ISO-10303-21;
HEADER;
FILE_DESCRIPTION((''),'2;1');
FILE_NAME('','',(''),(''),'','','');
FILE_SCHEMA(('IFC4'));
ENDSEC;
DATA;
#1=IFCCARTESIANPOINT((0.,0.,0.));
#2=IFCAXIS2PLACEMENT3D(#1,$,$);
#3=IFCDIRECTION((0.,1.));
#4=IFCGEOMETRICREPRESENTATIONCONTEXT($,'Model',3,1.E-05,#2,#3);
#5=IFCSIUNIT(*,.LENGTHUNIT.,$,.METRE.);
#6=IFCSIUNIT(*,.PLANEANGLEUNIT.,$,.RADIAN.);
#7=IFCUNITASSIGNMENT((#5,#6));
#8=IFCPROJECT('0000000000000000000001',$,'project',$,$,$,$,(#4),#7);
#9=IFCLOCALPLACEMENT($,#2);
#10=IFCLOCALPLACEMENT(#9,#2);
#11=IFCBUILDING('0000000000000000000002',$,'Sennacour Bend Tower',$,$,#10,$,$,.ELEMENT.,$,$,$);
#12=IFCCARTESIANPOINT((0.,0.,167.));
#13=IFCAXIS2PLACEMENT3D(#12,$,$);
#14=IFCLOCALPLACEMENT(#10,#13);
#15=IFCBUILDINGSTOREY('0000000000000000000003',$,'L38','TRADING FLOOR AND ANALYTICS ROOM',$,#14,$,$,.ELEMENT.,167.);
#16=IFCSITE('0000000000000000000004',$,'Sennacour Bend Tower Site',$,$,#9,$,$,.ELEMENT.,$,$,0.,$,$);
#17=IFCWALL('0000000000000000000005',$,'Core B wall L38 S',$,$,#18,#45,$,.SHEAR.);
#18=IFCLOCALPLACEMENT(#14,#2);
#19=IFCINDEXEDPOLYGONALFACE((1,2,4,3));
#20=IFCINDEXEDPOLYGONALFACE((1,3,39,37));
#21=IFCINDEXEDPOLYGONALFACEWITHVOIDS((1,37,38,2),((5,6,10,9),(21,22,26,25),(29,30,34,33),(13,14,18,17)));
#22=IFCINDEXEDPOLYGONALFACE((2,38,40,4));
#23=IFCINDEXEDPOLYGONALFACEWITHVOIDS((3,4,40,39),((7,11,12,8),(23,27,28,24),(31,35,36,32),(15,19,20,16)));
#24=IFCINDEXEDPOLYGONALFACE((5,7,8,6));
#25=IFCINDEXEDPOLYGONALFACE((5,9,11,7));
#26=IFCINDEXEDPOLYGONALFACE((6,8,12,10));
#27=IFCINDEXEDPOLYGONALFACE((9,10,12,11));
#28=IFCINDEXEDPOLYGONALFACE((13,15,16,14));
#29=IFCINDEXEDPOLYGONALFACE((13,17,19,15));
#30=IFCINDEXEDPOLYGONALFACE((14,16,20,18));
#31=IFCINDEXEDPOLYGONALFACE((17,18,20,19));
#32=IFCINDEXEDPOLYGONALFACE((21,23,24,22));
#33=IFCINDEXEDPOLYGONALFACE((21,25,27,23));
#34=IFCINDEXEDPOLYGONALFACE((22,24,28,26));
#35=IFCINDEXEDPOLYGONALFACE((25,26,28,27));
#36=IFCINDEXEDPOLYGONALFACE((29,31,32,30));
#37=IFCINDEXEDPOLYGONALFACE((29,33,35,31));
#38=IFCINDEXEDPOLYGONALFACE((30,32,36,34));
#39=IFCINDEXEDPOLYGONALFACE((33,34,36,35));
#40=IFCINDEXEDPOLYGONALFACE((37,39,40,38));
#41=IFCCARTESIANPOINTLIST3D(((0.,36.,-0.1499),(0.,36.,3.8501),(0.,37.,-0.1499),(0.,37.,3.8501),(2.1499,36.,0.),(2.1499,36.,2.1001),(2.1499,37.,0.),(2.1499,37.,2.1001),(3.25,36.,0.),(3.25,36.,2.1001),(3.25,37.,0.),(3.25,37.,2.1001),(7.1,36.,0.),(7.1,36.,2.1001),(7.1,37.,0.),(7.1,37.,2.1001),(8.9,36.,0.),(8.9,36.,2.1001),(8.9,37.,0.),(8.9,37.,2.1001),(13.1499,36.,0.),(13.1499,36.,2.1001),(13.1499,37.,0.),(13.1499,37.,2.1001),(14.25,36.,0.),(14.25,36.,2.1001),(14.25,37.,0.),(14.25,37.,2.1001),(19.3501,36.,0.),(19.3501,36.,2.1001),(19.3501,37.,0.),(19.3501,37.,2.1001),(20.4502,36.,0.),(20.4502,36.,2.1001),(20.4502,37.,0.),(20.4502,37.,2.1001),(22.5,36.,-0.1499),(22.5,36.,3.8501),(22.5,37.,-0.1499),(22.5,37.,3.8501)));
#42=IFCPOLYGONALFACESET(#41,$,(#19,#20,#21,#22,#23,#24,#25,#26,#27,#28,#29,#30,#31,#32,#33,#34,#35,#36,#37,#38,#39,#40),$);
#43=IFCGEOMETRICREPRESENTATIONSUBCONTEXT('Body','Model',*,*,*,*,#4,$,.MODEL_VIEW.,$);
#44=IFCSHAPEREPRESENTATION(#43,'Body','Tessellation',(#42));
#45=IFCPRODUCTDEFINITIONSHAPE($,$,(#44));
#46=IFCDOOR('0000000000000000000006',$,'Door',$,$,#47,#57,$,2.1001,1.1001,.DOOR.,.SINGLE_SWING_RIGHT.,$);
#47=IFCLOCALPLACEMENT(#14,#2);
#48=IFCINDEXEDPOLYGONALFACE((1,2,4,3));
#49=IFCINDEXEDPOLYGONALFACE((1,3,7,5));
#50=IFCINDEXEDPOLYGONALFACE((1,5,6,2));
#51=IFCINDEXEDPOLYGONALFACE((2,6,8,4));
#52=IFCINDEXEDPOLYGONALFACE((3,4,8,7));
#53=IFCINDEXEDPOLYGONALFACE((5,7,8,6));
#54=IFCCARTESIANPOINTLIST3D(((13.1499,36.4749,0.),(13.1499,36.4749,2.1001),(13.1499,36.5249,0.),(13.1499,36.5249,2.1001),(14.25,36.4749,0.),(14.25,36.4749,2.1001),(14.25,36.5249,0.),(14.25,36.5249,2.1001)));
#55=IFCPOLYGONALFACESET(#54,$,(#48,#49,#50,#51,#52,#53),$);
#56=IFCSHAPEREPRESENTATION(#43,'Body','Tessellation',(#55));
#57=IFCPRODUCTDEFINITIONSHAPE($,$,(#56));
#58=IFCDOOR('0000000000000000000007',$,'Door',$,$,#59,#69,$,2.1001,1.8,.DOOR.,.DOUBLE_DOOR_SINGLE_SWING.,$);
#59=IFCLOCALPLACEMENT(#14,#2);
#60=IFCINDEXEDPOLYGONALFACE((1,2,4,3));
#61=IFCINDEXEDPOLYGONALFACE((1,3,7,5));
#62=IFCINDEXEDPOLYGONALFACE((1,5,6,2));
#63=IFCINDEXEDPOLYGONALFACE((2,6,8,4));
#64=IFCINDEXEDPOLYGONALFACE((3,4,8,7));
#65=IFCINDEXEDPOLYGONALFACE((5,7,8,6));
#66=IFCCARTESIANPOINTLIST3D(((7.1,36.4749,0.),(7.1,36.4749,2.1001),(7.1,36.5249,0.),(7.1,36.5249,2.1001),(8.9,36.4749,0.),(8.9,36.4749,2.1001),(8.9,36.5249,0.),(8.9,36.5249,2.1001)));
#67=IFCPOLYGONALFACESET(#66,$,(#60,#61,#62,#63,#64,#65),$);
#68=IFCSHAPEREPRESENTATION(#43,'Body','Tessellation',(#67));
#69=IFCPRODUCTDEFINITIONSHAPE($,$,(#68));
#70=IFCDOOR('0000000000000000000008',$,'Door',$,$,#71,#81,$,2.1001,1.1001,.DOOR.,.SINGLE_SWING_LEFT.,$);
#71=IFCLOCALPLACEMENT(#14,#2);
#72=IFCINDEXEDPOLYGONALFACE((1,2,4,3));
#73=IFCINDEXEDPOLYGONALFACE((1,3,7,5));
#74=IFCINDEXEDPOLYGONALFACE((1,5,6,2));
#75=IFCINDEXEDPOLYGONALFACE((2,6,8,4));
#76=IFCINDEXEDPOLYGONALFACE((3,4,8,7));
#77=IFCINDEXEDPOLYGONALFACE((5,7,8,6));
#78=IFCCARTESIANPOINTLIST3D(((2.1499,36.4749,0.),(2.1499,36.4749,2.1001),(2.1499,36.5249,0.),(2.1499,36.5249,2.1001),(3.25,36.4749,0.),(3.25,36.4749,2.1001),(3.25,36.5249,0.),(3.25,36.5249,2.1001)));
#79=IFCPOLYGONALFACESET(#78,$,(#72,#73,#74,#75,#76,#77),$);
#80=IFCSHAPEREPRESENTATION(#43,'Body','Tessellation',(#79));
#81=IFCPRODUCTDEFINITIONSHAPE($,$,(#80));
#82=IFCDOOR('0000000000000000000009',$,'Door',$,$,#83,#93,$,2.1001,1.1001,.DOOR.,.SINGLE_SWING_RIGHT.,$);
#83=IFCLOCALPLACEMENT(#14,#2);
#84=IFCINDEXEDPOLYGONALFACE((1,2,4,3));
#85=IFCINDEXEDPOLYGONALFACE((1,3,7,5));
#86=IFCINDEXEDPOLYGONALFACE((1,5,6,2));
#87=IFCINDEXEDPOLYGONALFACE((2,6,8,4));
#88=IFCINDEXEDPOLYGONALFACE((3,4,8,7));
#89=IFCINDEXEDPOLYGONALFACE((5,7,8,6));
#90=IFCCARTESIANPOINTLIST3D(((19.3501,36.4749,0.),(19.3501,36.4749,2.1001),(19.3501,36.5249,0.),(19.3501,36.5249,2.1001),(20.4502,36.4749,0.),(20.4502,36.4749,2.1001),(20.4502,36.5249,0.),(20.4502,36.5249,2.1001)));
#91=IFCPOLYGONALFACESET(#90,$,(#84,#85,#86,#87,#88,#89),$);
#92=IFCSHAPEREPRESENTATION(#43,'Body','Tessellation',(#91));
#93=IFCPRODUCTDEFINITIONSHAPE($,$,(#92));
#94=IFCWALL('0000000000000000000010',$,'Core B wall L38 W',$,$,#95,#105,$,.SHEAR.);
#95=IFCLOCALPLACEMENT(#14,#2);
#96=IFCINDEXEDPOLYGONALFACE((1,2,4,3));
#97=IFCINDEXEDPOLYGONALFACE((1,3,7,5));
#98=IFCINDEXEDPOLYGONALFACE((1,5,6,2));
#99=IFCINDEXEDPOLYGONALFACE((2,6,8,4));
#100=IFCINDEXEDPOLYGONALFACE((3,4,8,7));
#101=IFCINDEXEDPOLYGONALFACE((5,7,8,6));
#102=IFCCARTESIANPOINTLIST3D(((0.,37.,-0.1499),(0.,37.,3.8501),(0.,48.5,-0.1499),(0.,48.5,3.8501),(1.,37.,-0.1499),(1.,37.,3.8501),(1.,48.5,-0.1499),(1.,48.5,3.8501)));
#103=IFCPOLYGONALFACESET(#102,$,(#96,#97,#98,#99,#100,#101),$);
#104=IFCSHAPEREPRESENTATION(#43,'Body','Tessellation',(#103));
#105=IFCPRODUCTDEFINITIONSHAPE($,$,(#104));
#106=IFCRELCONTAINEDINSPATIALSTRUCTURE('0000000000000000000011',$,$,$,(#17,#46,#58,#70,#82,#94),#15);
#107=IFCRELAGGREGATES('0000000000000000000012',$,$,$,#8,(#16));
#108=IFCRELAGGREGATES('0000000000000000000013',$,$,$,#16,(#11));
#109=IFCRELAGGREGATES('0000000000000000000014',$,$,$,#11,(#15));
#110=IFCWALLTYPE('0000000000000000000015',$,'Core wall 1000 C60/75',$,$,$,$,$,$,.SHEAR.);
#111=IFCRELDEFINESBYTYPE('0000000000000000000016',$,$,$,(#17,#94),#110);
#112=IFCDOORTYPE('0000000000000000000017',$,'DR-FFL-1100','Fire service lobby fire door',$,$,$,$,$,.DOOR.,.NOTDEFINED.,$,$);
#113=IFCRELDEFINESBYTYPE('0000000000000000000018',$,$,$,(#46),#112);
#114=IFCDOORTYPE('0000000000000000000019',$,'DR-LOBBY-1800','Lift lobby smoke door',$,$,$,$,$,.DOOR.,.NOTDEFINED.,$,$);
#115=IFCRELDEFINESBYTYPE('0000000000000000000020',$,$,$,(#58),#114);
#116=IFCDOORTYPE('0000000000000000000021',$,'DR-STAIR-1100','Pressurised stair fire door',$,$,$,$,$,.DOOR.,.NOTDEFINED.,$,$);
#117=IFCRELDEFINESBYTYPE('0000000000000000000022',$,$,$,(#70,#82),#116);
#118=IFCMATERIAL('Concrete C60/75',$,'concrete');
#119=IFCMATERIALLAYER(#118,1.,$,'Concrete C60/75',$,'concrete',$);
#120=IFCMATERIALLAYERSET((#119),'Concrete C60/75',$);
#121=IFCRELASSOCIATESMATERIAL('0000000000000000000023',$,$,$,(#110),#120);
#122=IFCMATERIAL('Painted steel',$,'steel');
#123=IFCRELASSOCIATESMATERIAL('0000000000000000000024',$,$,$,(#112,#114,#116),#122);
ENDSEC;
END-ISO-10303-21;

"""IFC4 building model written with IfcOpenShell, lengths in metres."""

from ifc_helpers import new_model, si_unit, direction, frame, frame_2d, origin, place, context, subcontext, project, spatial, rectangle, extrude, material, layer, layer_set, type_object, element, fill, save


model = new_model("IFC4")

# Units and contexts
model_context = context("Model", 3, precision=1e-05, world=origin(), true_north=direction((0.0, 1.0)))
body_context = subcontext(model_context, "Body", "Model", "MODEL_VIEW")
ifc_project = project(units=[si_unit("LENGTHUNIT", "METRE"), si_unit("PLANEANGLEUNIT", "RADIAN")], contexts=[model_context])

# Site, building, storey
site_placement = place(None, origin())
site = spatial("IfcSite", under=ifc_project, at=site_placement, Name="Sennacour Bend Tower Site", CompositionType="ELEMENT", RefElevation=0.0)
building_placement = place(site_placement, origin())
building = spatial("IfcBuilding", under=site, at=building_placement, Name="Sennacour Bend Tower", CompositionType="ELEMENT")
storey_placement = place(building_placement, frame((0.0, 0.0, 167.0)))
storey = spatial("IfcBuildingStorey", under=building, at=storey_placement, Name="L38", Description="TRADING FLOOR AND ANALYTICS ROOM", CompositionType="ELEMENT", Elevation=167.0)

# Wall, openings, doors
ifc_material_1 = material(Name="Concrete C60/75", Category="concrete")
ifc_layer_1 = layer(ifc_material_1, 1.0, Name="Concrete C60/75", Category="concrete")
ifc_layer_set_1 = layer_set([ifc_layer_1], Name="Concrete C60/75")
wall_type_1 = type_object("IfcWallType", Name="Core wall 1000 C60/75", PredefinedType="SHEAR", material=ifc_layer_set_1)
wall_1_placement = place(storey_placement, frame((0.0, 36.5, -0.1499), z_axis=(0.0, 0.0, 1.0), x_axis=(1.0, 0.0, 0.0)))
wall_1 = element("IfcWall", 1, at=wall_1_placement, inside=storey, type_object=wall_type_1, Name="Core B wall L38 S", PredefinedType="SHEAR", context=body_context, shape_type="SweptSolid", body=[
    extrude(rectangle(XDim=22.5, YDim=1.0, at=frame_2d((11.25, 0.0))), origin(), (0.0, 0.0, 1.0), 4.0),
])
opening_1_placement = place(wall_1_placement, frame((7.1001, 0.0, 0.1499)))
opening_1 = element("IfcOpeningElement", 2, at=opening_1_placement, cuts=wall_1, PredefinedType="OPENING", context=body_context, shape_type="SweptSolid", body=[
    extrude(rectangle(XDim=1.8, YDim=2.1001, at=frame_2d((0.8999, 1.05))), frame((0.0, 0.51, 0.0), z_axis=(0.0, -1.0, 0.0), x_axis=(1.0, 0.0, 0.0)), (0.0, 0.0, 1.0), 1.02),
])
opening_2_placement = place(wall_1_placement, frame((13.1499, 0.0, 0.1499)))
opening_2 = element("IfcOpeningElement", 3, at=opening_2_placement, cuts=wall_1, PredefinedType="OPENING", context=body_context, shape_type="SweptSolid", body=[
    extrude(rectangle(XDim=1.1001, YDim=2.1001, at=frame_2d((0.55, 1.05))), frame((0.0, 0.51, 0.0), z_axis=(0.0, -1.0, 0.0), x_axis=(1.0, 0.0, 0.0)), (0.0, 0.0, 1.0), 1.02),
])
opening_3_placement = place(wall_1_placement, frame((2.1499, 0.0, 0.1499)))
opening_3 = element("IfcOpeningElement", 4, at=opening_3_placement, cuts=wall_1, PredefinedType="OPENING", context=body_context, shape_type="SweptSolid", body=[
    extrude(rectangle(XDim=1.1001, YDim=2.1001, at=frame_2d((0.55, 1.05))), frame((0.0, 0.51, 0.0), z_axis=(0.0, -1.0, 0.0), x_axis=(1.0, 0.0, 0.0)), (0.0, 0.0, 1.0), 1.02),
])
opening_4_placement = place(wall_1_placement, frame((19.3501, 0.0, 0.1499)))
opening_4 = element("IfcOpeningElement", 5, at=opening_4_placement, cuts=wall_1, PredefinedType="OPENING", context=body_context, shape_type="SweptSolid", body=[
    extrude(rectangle(XDim=1.1001, YDim=2.1001, at=frame_2d((0.55, 1.05))), frame((0.0, 0.51, 0.0), z_axis=(0.0, -1.0, 0.0), x_axis=(1.0, 0.0, 0.0)), (0.0, 0.0, 1.0), 1.02),
])
ifc_material_2 = material(Name="Painted steel", Category="steel")
door_type_1 = type_object("IfcDoorType", Name="DR-FFL-1100", Description="Fire service lobby fire door", OperationType="NOTDEFINED", PredefinedType="DOOR", material=ifc_material_2)
door_1_placement = place(opening_2_placement, origin())
door_1 = element("IfcDoor", 6, at=door_1_placement, inside=storey, type_object=door_type_1, Name="Door", OperationType="SINGLE_SWING_RIGHT", OverallHeight=2.1001, OverallWidth=1.1001, PredefinedType="DOOR", context=body_context, shape_type="SweptSolid", body=[
    extrude(rectangle(XDim=1.1001, YDim=2.1001, at=frame_2d((0.55, 1.05))), frame((0.0, 0.0249, 0.0), z_axis=(0.0, -1.0, 0.0), x_axis=(1.0, 0.0, 0.0)), (0.0, 0.0, 1.0), 0.05),
])
fill(opening_2, door_1)
door_type_2 = type_object("IfcDoorType", Name="DR-LOBBY-1800", Description="Lift lobby smoke door", OperationType="NOTDEFINED", PredefinedType="DOOR", material=ifc_material_2)
door_2_placement = place(opening_1_placement, origin())
door_2 = element("IfcDoor", 7, at=door_2_placement, inside=storey, type_object=door_type_2, Name="Door", OperationType="DOUBLE_DOOR_SINGLE_SWING", OverallHeight=2.1001, OverallWidth=1.8, PredefinedType="DOOR", context=body_context, shape_type="SweptSolid", body=[
    extrude(rectangle(XDim=1.8, YDim=2.1001, at=frame_2d((0.8999, 1.05))), frame((0.0, 0.0249, 0.0), z_axis=(0.0, -1.0, 0.0), x_axis=(1.0, 0.0, 0.0)), (0.0, 0.0, 1.0), 0.05),
])
fill(opening_1, door_2)
door_type_3 = type_object("IfcDoorType", Name="DR-STAIR-1100", Description="Pressurised stair fire door", OperationType="NOTDEFINED", PredefinedType="DOOR", material=ifc_material_2)
door_3_placement = place(opening_3_placement, origin())
door_3 = element("IfcDoor", 8, at=door_3_placement, inside=storey, type_object=door_type_3, Name="Door", OperationType="SINGLE_SWING_LEFT", OverallHeight=2.1001, OverallWidth=1.1001, PredefinedType="DOOR", context=body_context, shape_type="SweptSolid", body=[
    extrude(rectangle(XDim=1.1001, YDim=2.1001, at=frame_2d((0.55, 1.05))), frame((0.0, 0.0249, 0.0), z_axis=(0.0, -1.0, 0.0), x_axis=(1.0, 0.0, 0.0)), (0.0, 0.0, 1.0), 0.05),
])
fill(opening_3, door_3)
door_4_placement = place(opening_4_placement, origin())
door_4 = element("IfcDoor", 9, at=door_4_placement, inside=storey, type_object=door_type_3, Name="Door", OperationType="SINGLE_SWING_RIGHT", OverallHeight=2.1001, OverallWidth=1.1001, PredefinedType="DOOR", context=body_context, shape_type="SweptSolid", body=[
    extrude(rectangle(XDim=1.1001, YDim=2.1001, at=frame_2d((0.55, 1.05))), frame((0.0, 0.0249, 0.0), z_axis=(0.0, -1.0, 0.0), x_axis=(1.0, 0.0, 0.0)), (0.0, 0.0, 1.0), 0.05),
])
fill(opening_4, door_4)

# Wall
wall_2_placement = place(storey_placement, frame((0.5, 37.0, -0.1499), z_axis=(0.0, 0.0, 1.0), x_axis=(0.0, 1.0, 0.0)))
element("IfcWall", 10, at=wall_2_placement, inside=storey, type_object=wall_type_1, Name="Core B wall L38 W", PredefinedType="SHEAR", context=body_context, shape_type="SweptSolid", body=[
    extrude(rectangle(XDim=11.5, YDim=1.0, at=frame_2d((5.75, 0.0))), origin(), (0.0, 0.0, 1.0), 4.0),
])

save(model, "model.ifc")
